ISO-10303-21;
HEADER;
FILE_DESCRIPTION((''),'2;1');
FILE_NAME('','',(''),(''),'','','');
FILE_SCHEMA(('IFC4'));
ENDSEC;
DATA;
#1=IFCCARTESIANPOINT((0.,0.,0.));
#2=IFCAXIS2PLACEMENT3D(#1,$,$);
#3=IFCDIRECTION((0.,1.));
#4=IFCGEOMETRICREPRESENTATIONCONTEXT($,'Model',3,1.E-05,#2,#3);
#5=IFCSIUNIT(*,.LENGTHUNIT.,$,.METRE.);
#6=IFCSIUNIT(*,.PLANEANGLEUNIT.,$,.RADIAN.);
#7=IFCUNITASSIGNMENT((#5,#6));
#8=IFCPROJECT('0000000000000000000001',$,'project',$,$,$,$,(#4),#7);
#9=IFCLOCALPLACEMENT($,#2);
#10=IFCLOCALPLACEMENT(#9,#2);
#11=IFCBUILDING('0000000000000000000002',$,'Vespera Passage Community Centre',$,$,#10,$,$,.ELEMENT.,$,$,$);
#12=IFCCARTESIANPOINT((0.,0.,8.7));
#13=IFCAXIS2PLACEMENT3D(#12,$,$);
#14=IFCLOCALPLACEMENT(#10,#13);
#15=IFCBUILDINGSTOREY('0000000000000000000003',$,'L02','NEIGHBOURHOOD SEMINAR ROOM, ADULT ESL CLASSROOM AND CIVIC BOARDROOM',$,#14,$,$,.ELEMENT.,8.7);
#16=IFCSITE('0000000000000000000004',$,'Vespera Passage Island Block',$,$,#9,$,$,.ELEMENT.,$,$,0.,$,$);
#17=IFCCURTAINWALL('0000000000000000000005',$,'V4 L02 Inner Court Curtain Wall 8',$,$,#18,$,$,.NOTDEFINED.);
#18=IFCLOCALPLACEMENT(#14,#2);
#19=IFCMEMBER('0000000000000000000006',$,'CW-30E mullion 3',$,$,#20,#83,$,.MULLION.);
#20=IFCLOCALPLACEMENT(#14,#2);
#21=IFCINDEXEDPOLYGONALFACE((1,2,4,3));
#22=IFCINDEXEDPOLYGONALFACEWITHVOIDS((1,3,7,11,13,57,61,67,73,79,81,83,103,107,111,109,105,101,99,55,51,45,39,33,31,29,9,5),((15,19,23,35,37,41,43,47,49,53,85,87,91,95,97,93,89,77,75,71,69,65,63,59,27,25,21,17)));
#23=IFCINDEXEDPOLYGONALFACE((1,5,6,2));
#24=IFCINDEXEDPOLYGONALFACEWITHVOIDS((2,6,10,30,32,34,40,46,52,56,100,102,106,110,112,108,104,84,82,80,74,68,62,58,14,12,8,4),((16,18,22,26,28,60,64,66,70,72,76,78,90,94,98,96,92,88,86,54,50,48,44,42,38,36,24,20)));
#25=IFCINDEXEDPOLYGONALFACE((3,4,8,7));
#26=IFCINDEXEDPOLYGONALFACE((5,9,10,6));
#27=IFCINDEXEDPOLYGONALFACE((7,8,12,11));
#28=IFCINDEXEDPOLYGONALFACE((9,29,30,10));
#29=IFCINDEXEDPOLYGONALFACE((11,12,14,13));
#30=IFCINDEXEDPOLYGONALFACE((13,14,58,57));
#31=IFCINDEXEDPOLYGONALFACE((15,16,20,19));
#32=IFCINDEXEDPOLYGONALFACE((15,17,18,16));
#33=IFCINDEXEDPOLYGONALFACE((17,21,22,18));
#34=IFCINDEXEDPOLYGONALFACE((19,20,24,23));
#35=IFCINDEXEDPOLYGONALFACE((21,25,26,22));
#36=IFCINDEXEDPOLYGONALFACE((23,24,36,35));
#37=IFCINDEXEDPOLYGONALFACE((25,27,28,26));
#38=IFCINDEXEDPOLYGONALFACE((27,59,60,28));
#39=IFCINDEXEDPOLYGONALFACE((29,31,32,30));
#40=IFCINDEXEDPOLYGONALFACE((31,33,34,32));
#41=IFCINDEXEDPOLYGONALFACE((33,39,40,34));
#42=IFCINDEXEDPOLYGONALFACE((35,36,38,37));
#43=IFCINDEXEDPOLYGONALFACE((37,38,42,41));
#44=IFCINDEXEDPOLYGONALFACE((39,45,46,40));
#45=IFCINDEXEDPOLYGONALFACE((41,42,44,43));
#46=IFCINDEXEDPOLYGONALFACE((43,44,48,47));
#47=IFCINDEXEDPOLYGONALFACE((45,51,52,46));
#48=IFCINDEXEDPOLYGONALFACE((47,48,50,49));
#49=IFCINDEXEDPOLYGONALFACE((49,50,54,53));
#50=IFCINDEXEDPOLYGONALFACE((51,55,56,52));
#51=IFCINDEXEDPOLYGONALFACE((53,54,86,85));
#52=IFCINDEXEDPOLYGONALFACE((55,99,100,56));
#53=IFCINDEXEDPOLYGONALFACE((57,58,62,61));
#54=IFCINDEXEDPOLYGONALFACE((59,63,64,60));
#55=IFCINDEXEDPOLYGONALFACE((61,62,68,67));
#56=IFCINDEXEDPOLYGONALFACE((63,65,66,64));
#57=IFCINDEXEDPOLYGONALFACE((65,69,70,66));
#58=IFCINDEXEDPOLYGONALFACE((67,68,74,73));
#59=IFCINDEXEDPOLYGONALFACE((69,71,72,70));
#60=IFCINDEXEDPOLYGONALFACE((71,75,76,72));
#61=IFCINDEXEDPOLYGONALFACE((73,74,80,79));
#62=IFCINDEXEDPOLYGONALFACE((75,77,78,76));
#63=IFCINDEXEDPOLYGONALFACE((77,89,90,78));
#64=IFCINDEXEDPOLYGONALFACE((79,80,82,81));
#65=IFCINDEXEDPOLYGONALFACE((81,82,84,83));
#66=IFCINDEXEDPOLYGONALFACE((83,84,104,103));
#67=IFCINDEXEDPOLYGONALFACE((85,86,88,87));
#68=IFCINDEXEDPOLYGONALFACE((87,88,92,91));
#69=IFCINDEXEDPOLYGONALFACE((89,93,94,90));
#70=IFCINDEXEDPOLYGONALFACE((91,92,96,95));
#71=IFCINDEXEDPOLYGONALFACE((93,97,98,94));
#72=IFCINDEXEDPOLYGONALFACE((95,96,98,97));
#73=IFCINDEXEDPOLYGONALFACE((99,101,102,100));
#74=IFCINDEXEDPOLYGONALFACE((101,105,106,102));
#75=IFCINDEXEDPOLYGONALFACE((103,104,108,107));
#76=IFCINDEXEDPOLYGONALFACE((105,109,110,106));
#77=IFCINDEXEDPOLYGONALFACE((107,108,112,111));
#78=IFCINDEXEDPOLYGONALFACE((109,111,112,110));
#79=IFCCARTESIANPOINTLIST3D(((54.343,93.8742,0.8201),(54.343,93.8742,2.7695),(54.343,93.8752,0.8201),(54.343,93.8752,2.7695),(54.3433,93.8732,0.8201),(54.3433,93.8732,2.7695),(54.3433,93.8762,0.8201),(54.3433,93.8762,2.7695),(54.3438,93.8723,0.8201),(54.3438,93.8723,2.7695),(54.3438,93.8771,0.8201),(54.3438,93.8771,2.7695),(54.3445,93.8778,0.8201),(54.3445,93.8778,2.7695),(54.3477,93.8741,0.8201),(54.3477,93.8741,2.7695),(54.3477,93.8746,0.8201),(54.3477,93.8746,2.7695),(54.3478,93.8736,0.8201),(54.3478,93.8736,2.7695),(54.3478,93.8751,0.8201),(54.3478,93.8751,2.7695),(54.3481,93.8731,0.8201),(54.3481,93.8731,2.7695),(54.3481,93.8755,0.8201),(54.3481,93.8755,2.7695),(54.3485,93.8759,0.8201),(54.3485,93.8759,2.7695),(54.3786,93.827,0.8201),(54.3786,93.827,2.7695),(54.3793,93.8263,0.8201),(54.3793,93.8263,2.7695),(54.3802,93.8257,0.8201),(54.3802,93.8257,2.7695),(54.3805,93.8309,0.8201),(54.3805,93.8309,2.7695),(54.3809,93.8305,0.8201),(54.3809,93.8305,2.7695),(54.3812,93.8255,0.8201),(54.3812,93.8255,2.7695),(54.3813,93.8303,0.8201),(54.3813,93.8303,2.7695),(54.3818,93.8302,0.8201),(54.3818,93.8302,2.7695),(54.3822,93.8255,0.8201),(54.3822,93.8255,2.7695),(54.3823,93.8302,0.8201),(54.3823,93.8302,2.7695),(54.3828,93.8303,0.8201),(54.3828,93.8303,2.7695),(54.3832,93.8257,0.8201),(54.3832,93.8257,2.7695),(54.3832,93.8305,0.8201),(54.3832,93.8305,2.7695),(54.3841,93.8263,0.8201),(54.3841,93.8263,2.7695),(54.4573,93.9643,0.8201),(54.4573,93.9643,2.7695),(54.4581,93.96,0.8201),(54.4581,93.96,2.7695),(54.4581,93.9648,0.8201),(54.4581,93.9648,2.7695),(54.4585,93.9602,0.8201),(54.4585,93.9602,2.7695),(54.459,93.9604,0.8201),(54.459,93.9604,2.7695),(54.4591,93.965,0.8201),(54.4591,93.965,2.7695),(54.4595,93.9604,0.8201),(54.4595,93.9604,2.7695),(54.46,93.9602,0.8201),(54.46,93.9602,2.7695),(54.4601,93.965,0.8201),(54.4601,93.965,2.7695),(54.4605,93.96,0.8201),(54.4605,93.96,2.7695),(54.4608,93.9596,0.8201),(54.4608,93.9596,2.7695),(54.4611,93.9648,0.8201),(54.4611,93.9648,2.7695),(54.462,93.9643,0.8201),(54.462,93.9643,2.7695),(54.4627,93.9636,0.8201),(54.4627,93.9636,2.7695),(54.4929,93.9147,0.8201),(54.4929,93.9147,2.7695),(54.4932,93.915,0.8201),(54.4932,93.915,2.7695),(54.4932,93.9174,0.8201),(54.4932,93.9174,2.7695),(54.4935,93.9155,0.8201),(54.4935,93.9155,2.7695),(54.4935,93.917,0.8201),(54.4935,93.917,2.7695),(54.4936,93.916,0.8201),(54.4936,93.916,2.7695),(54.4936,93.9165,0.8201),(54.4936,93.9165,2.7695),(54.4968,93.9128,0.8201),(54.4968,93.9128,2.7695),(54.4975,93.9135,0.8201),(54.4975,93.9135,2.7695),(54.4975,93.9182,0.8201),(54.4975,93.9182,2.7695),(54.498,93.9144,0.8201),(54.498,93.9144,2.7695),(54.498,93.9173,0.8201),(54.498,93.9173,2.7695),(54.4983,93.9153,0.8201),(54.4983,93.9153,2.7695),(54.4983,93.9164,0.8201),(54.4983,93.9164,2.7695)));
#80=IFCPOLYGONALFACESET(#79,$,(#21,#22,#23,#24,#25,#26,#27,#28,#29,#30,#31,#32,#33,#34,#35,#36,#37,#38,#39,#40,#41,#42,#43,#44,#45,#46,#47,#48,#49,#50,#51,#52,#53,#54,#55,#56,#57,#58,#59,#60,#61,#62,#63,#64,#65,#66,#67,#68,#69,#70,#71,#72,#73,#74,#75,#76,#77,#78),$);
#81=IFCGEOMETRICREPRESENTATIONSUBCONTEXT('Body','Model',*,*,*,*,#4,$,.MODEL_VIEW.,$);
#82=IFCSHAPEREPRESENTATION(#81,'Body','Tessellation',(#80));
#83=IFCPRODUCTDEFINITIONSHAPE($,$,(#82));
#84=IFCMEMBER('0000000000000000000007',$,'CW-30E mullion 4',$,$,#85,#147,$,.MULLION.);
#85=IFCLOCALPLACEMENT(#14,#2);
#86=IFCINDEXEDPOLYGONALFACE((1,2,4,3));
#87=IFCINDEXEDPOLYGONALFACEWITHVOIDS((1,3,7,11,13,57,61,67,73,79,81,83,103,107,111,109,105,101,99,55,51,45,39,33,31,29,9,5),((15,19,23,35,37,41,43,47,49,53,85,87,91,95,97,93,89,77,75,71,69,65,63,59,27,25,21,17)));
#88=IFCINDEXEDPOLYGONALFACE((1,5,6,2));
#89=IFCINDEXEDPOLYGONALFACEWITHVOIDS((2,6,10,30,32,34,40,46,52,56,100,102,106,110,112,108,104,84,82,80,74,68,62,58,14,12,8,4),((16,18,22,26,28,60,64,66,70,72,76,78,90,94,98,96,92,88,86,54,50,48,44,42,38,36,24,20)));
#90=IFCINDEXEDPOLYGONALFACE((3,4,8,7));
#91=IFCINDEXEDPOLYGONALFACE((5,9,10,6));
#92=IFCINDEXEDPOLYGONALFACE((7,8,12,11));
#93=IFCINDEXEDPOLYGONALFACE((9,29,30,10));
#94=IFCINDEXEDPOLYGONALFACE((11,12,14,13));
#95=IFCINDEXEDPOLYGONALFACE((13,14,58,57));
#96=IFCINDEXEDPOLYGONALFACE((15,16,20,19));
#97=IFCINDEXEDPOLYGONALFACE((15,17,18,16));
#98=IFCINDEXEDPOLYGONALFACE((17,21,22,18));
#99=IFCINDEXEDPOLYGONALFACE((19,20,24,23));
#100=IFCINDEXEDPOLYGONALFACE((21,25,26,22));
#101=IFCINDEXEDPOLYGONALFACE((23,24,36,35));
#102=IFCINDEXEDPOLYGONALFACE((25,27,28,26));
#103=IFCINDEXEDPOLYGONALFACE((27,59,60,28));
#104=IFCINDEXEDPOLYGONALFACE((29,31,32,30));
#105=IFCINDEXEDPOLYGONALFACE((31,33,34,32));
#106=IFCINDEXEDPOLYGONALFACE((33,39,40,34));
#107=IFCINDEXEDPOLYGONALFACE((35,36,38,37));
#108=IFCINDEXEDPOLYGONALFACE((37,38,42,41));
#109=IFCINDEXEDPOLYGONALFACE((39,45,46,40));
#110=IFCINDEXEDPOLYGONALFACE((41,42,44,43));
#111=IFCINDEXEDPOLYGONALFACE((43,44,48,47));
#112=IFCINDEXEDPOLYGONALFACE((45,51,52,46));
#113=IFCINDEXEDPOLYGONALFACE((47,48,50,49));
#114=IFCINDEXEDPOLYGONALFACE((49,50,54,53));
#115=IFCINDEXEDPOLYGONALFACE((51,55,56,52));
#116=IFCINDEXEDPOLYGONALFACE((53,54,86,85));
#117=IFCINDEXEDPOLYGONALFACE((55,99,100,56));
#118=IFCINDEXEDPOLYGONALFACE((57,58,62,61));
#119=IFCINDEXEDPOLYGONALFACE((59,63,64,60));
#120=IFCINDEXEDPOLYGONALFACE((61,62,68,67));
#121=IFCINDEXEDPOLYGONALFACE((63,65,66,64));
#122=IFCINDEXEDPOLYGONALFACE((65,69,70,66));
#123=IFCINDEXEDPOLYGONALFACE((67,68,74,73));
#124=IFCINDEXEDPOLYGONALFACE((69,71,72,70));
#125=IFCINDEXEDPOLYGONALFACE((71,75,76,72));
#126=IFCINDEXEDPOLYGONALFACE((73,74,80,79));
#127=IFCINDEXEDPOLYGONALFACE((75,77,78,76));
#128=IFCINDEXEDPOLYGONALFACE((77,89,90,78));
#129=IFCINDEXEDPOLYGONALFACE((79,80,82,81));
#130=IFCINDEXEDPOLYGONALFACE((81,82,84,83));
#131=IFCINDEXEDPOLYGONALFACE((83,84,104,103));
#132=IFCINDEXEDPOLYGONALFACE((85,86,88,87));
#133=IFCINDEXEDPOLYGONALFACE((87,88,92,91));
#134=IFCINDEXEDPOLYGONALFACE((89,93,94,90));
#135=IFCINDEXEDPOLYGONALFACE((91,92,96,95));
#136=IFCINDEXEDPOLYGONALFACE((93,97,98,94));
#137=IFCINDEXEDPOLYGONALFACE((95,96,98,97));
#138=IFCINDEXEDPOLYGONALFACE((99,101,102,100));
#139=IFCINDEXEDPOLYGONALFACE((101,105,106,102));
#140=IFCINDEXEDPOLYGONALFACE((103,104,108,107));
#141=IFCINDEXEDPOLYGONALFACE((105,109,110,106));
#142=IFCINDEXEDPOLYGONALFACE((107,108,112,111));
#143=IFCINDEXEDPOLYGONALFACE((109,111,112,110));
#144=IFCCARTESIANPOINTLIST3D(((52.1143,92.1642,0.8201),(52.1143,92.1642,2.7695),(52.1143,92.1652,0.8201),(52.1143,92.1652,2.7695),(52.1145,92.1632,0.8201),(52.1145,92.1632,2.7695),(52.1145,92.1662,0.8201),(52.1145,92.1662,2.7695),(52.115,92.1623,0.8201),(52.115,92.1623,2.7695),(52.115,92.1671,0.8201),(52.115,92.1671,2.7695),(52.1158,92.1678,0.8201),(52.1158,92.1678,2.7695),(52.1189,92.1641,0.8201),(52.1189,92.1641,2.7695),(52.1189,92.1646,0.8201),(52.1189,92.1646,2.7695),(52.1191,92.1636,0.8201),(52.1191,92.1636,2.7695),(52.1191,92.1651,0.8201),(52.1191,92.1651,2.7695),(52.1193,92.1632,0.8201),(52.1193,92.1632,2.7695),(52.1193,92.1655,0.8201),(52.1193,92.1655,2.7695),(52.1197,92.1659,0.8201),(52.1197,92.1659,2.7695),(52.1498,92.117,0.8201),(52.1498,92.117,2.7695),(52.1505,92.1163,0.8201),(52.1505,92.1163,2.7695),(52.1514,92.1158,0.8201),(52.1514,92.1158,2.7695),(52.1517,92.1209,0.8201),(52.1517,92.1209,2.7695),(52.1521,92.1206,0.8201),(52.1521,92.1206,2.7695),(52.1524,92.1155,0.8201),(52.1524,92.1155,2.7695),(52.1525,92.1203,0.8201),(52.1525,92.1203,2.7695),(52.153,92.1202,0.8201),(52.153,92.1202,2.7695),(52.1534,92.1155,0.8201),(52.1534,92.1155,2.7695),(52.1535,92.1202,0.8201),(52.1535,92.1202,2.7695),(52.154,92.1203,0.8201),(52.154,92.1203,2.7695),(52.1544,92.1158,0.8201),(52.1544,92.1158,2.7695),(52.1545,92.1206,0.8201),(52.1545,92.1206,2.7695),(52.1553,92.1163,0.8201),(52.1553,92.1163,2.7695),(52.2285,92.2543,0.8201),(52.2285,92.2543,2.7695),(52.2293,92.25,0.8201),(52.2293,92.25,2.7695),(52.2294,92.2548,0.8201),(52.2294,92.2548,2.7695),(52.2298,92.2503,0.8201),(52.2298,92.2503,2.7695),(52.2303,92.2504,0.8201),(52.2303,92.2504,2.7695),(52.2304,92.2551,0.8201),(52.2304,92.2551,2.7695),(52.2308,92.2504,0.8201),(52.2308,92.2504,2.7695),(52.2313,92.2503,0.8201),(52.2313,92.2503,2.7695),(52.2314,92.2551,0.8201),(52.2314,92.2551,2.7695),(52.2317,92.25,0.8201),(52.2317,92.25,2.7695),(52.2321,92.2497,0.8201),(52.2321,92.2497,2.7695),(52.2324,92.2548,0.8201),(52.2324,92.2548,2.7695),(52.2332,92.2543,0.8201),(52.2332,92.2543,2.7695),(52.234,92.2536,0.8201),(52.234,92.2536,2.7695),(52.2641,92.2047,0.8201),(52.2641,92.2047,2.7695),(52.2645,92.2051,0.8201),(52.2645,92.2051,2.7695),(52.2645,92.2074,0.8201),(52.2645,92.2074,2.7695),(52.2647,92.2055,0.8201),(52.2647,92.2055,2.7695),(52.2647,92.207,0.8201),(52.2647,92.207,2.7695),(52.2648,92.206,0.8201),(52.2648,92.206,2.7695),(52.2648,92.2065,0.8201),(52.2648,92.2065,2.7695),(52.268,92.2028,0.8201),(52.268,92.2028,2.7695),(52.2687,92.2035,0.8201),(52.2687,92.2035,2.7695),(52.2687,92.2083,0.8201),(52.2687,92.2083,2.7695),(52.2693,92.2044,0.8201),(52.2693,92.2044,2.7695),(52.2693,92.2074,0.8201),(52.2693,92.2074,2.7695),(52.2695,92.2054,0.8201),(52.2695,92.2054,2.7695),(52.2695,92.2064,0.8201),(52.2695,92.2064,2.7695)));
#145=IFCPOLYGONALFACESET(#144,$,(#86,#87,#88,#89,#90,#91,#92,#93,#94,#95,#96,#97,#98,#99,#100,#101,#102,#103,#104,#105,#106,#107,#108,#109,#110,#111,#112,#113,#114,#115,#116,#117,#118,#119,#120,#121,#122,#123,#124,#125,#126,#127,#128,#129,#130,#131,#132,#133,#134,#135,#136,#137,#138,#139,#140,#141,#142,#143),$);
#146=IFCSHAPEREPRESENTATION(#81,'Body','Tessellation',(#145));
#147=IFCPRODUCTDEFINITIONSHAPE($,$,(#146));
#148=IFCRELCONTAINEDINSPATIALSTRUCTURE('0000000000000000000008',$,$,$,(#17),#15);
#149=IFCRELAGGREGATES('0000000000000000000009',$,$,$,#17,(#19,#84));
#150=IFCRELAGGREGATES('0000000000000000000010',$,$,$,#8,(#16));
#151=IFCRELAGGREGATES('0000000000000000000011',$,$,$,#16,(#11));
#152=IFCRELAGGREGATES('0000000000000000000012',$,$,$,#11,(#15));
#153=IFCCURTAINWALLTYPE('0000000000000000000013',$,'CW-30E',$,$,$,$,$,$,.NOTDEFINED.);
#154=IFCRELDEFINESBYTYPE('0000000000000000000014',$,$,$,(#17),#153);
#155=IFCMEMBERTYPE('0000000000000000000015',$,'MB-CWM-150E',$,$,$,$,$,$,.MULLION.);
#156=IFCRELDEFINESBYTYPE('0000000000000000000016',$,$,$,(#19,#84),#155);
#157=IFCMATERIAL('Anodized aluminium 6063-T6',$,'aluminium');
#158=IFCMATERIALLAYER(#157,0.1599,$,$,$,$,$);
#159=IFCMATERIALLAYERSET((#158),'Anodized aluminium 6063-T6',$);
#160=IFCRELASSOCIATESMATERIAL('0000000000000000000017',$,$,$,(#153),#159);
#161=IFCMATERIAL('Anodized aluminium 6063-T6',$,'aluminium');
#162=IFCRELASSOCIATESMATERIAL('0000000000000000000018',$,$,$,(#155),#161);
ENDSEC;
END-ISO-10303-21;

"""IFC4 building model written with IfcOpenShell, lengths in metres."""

from ifc_helpers import new_model, si_unit, direction, frame, origin, origin_2d, place, context, subcontext, project, spatial, hollow_rectangle, extrude, material, layer, layer_set, material_profile, profile_set, type_object, element, aggregate, save


model = new_model("IFC4")

# Units and contexts
model_context = context("Model", 3, precision=1e-05, world=origin(), true_north=direction((0.0, 1.0)))
body_context = subcontext(model_context, "Body", "Model", "MODEL_VIEW")
ifc_project = project(units=[si_unit("LENGTHUNIT", "METRE"), si_unit("PLANEANGLEUNIT", "RADIAN")], contexts=[model_context])

# Site, building, storey
site_placement = place(None, origin())
site = spatial("IfcSite", under=ifc_project, at=site_placement, Name="Vespera Passage Island Block", CompositionType="ELEMENT", RefElevation=0.0)
building_placement = place(site_placement, origin())
building = spatial("IfcBuilding", under=site, at=building_placement, Name="Vespera Passage Community Centre", CompositionType="ELEMENT")
storey_placement = place(building_placement, frame((0.0, 0.0, 8.7)))
storey = spatial("IfcBuildingStorey", under=building, at=storey_placement, Name="L02", Description="NEIGHBOURHOOD SEMINAR ROOM, ADULT ESL CLASSROOM AND CIVIC BOARDROOM", CompositionType="ELEMENT", Elevation=8.7)

# Curtain wall, members
ifc_material_1 = material(Name="Anodized aluminium 6063-T6", Category="aluminium")
ifc_layer_1 = layer(ifc_material_1, 0.1599)
ifc_layer_set_1 = layer_set([ifc_layer_1], Name="Anodized aluminium 6063-T6")
curtain_wall_type_1 = type_object("IfcCurtainWallType", Name="CW-30E", PredefinedType="NOTDEFINED", material=ifc_layer_set_1)
curtain_wall_1_placement = place(storey_placement, origin())
curtain_wall_1 = element("IfcCurtainWall", 1, at=curtain_wall_1_placement, inside=storey, type_object=curtain_wall_type_1, Name="V4 L02 Inner Court Curtain Wall 8", PredefinedType="NOTDEFINED")
ifc_material_2 = material(Name="Anodized aluminium 6063-T6", Category="aluminium")
ifc_material_profile_1 = material_profile(ifc_material_2, hollow_rectangle(XDim=0.0649, YDim=0.1499, WallThickness=0.0039, InnerFilletRadius=0.002, OuterFilletRadius=0.0039, at=origin_2d()), Name="ALU150X65X4")
ifc_profile_set_1 = profile_set([ifc_material_profile_1], Name="Anodized aluminium 6063-T6")
member_type_1 = type_object("IfcMemberType", Name="MB-CWM-150E", PredefinedType="MULLION", material=ifc_profile_set_1)
member_1_placement = place(storey_placement, frame((54.4207, 93.8953, 0.8201), z_axis=(0.0, 0.0, 1.0), x_axis=(0.608755, -0.793358, 0.0)))
member_1 = element("IfcMember", 2, at=member_1_placement, type_object=member_type_1, Name="CW-30E mullion 3", PredefinedType="MULLION", context=body_context, shape_type="SweptSolid", body=[
    extrude(hollow_rectangle(XDim=0.0649, YDim=0.1499, WallThickness=0.0039, InnerFilletRadius=0.002, OuterFilletRadius=0.0039, at=origin_2d()), origin(), (0.0, 0.0, 1.0), 1.9495),
])
member_2_placement = place(storey_placement, frame((52.1919, 92.1853, 0.8201), z_axis=(0.0, 0.0, 1.0), x_axis=(0.608755, -0.793358, 0.0)))
member_2 = element("IfcMember", 3, at=member_2_placement, type_object=member_type_1, Name="CW-30E mullion 4", PredefinedType="MULLION", context=body_context, shape_type="SweptSolid", body=[
    extrude(hollow_rectangle(XDim=0.0649, YDim=0.1499, WallThickness=0.0039, InnerFilletRadius=0.002, OuterFilletRadius=0.0039, at=origin_2d()), origin(), (0.0, 0.0, 1.0), 1.9495),
])

aggregate(curtain_wall_1, [member_1, member_2])

save(model, "model.ifc")
